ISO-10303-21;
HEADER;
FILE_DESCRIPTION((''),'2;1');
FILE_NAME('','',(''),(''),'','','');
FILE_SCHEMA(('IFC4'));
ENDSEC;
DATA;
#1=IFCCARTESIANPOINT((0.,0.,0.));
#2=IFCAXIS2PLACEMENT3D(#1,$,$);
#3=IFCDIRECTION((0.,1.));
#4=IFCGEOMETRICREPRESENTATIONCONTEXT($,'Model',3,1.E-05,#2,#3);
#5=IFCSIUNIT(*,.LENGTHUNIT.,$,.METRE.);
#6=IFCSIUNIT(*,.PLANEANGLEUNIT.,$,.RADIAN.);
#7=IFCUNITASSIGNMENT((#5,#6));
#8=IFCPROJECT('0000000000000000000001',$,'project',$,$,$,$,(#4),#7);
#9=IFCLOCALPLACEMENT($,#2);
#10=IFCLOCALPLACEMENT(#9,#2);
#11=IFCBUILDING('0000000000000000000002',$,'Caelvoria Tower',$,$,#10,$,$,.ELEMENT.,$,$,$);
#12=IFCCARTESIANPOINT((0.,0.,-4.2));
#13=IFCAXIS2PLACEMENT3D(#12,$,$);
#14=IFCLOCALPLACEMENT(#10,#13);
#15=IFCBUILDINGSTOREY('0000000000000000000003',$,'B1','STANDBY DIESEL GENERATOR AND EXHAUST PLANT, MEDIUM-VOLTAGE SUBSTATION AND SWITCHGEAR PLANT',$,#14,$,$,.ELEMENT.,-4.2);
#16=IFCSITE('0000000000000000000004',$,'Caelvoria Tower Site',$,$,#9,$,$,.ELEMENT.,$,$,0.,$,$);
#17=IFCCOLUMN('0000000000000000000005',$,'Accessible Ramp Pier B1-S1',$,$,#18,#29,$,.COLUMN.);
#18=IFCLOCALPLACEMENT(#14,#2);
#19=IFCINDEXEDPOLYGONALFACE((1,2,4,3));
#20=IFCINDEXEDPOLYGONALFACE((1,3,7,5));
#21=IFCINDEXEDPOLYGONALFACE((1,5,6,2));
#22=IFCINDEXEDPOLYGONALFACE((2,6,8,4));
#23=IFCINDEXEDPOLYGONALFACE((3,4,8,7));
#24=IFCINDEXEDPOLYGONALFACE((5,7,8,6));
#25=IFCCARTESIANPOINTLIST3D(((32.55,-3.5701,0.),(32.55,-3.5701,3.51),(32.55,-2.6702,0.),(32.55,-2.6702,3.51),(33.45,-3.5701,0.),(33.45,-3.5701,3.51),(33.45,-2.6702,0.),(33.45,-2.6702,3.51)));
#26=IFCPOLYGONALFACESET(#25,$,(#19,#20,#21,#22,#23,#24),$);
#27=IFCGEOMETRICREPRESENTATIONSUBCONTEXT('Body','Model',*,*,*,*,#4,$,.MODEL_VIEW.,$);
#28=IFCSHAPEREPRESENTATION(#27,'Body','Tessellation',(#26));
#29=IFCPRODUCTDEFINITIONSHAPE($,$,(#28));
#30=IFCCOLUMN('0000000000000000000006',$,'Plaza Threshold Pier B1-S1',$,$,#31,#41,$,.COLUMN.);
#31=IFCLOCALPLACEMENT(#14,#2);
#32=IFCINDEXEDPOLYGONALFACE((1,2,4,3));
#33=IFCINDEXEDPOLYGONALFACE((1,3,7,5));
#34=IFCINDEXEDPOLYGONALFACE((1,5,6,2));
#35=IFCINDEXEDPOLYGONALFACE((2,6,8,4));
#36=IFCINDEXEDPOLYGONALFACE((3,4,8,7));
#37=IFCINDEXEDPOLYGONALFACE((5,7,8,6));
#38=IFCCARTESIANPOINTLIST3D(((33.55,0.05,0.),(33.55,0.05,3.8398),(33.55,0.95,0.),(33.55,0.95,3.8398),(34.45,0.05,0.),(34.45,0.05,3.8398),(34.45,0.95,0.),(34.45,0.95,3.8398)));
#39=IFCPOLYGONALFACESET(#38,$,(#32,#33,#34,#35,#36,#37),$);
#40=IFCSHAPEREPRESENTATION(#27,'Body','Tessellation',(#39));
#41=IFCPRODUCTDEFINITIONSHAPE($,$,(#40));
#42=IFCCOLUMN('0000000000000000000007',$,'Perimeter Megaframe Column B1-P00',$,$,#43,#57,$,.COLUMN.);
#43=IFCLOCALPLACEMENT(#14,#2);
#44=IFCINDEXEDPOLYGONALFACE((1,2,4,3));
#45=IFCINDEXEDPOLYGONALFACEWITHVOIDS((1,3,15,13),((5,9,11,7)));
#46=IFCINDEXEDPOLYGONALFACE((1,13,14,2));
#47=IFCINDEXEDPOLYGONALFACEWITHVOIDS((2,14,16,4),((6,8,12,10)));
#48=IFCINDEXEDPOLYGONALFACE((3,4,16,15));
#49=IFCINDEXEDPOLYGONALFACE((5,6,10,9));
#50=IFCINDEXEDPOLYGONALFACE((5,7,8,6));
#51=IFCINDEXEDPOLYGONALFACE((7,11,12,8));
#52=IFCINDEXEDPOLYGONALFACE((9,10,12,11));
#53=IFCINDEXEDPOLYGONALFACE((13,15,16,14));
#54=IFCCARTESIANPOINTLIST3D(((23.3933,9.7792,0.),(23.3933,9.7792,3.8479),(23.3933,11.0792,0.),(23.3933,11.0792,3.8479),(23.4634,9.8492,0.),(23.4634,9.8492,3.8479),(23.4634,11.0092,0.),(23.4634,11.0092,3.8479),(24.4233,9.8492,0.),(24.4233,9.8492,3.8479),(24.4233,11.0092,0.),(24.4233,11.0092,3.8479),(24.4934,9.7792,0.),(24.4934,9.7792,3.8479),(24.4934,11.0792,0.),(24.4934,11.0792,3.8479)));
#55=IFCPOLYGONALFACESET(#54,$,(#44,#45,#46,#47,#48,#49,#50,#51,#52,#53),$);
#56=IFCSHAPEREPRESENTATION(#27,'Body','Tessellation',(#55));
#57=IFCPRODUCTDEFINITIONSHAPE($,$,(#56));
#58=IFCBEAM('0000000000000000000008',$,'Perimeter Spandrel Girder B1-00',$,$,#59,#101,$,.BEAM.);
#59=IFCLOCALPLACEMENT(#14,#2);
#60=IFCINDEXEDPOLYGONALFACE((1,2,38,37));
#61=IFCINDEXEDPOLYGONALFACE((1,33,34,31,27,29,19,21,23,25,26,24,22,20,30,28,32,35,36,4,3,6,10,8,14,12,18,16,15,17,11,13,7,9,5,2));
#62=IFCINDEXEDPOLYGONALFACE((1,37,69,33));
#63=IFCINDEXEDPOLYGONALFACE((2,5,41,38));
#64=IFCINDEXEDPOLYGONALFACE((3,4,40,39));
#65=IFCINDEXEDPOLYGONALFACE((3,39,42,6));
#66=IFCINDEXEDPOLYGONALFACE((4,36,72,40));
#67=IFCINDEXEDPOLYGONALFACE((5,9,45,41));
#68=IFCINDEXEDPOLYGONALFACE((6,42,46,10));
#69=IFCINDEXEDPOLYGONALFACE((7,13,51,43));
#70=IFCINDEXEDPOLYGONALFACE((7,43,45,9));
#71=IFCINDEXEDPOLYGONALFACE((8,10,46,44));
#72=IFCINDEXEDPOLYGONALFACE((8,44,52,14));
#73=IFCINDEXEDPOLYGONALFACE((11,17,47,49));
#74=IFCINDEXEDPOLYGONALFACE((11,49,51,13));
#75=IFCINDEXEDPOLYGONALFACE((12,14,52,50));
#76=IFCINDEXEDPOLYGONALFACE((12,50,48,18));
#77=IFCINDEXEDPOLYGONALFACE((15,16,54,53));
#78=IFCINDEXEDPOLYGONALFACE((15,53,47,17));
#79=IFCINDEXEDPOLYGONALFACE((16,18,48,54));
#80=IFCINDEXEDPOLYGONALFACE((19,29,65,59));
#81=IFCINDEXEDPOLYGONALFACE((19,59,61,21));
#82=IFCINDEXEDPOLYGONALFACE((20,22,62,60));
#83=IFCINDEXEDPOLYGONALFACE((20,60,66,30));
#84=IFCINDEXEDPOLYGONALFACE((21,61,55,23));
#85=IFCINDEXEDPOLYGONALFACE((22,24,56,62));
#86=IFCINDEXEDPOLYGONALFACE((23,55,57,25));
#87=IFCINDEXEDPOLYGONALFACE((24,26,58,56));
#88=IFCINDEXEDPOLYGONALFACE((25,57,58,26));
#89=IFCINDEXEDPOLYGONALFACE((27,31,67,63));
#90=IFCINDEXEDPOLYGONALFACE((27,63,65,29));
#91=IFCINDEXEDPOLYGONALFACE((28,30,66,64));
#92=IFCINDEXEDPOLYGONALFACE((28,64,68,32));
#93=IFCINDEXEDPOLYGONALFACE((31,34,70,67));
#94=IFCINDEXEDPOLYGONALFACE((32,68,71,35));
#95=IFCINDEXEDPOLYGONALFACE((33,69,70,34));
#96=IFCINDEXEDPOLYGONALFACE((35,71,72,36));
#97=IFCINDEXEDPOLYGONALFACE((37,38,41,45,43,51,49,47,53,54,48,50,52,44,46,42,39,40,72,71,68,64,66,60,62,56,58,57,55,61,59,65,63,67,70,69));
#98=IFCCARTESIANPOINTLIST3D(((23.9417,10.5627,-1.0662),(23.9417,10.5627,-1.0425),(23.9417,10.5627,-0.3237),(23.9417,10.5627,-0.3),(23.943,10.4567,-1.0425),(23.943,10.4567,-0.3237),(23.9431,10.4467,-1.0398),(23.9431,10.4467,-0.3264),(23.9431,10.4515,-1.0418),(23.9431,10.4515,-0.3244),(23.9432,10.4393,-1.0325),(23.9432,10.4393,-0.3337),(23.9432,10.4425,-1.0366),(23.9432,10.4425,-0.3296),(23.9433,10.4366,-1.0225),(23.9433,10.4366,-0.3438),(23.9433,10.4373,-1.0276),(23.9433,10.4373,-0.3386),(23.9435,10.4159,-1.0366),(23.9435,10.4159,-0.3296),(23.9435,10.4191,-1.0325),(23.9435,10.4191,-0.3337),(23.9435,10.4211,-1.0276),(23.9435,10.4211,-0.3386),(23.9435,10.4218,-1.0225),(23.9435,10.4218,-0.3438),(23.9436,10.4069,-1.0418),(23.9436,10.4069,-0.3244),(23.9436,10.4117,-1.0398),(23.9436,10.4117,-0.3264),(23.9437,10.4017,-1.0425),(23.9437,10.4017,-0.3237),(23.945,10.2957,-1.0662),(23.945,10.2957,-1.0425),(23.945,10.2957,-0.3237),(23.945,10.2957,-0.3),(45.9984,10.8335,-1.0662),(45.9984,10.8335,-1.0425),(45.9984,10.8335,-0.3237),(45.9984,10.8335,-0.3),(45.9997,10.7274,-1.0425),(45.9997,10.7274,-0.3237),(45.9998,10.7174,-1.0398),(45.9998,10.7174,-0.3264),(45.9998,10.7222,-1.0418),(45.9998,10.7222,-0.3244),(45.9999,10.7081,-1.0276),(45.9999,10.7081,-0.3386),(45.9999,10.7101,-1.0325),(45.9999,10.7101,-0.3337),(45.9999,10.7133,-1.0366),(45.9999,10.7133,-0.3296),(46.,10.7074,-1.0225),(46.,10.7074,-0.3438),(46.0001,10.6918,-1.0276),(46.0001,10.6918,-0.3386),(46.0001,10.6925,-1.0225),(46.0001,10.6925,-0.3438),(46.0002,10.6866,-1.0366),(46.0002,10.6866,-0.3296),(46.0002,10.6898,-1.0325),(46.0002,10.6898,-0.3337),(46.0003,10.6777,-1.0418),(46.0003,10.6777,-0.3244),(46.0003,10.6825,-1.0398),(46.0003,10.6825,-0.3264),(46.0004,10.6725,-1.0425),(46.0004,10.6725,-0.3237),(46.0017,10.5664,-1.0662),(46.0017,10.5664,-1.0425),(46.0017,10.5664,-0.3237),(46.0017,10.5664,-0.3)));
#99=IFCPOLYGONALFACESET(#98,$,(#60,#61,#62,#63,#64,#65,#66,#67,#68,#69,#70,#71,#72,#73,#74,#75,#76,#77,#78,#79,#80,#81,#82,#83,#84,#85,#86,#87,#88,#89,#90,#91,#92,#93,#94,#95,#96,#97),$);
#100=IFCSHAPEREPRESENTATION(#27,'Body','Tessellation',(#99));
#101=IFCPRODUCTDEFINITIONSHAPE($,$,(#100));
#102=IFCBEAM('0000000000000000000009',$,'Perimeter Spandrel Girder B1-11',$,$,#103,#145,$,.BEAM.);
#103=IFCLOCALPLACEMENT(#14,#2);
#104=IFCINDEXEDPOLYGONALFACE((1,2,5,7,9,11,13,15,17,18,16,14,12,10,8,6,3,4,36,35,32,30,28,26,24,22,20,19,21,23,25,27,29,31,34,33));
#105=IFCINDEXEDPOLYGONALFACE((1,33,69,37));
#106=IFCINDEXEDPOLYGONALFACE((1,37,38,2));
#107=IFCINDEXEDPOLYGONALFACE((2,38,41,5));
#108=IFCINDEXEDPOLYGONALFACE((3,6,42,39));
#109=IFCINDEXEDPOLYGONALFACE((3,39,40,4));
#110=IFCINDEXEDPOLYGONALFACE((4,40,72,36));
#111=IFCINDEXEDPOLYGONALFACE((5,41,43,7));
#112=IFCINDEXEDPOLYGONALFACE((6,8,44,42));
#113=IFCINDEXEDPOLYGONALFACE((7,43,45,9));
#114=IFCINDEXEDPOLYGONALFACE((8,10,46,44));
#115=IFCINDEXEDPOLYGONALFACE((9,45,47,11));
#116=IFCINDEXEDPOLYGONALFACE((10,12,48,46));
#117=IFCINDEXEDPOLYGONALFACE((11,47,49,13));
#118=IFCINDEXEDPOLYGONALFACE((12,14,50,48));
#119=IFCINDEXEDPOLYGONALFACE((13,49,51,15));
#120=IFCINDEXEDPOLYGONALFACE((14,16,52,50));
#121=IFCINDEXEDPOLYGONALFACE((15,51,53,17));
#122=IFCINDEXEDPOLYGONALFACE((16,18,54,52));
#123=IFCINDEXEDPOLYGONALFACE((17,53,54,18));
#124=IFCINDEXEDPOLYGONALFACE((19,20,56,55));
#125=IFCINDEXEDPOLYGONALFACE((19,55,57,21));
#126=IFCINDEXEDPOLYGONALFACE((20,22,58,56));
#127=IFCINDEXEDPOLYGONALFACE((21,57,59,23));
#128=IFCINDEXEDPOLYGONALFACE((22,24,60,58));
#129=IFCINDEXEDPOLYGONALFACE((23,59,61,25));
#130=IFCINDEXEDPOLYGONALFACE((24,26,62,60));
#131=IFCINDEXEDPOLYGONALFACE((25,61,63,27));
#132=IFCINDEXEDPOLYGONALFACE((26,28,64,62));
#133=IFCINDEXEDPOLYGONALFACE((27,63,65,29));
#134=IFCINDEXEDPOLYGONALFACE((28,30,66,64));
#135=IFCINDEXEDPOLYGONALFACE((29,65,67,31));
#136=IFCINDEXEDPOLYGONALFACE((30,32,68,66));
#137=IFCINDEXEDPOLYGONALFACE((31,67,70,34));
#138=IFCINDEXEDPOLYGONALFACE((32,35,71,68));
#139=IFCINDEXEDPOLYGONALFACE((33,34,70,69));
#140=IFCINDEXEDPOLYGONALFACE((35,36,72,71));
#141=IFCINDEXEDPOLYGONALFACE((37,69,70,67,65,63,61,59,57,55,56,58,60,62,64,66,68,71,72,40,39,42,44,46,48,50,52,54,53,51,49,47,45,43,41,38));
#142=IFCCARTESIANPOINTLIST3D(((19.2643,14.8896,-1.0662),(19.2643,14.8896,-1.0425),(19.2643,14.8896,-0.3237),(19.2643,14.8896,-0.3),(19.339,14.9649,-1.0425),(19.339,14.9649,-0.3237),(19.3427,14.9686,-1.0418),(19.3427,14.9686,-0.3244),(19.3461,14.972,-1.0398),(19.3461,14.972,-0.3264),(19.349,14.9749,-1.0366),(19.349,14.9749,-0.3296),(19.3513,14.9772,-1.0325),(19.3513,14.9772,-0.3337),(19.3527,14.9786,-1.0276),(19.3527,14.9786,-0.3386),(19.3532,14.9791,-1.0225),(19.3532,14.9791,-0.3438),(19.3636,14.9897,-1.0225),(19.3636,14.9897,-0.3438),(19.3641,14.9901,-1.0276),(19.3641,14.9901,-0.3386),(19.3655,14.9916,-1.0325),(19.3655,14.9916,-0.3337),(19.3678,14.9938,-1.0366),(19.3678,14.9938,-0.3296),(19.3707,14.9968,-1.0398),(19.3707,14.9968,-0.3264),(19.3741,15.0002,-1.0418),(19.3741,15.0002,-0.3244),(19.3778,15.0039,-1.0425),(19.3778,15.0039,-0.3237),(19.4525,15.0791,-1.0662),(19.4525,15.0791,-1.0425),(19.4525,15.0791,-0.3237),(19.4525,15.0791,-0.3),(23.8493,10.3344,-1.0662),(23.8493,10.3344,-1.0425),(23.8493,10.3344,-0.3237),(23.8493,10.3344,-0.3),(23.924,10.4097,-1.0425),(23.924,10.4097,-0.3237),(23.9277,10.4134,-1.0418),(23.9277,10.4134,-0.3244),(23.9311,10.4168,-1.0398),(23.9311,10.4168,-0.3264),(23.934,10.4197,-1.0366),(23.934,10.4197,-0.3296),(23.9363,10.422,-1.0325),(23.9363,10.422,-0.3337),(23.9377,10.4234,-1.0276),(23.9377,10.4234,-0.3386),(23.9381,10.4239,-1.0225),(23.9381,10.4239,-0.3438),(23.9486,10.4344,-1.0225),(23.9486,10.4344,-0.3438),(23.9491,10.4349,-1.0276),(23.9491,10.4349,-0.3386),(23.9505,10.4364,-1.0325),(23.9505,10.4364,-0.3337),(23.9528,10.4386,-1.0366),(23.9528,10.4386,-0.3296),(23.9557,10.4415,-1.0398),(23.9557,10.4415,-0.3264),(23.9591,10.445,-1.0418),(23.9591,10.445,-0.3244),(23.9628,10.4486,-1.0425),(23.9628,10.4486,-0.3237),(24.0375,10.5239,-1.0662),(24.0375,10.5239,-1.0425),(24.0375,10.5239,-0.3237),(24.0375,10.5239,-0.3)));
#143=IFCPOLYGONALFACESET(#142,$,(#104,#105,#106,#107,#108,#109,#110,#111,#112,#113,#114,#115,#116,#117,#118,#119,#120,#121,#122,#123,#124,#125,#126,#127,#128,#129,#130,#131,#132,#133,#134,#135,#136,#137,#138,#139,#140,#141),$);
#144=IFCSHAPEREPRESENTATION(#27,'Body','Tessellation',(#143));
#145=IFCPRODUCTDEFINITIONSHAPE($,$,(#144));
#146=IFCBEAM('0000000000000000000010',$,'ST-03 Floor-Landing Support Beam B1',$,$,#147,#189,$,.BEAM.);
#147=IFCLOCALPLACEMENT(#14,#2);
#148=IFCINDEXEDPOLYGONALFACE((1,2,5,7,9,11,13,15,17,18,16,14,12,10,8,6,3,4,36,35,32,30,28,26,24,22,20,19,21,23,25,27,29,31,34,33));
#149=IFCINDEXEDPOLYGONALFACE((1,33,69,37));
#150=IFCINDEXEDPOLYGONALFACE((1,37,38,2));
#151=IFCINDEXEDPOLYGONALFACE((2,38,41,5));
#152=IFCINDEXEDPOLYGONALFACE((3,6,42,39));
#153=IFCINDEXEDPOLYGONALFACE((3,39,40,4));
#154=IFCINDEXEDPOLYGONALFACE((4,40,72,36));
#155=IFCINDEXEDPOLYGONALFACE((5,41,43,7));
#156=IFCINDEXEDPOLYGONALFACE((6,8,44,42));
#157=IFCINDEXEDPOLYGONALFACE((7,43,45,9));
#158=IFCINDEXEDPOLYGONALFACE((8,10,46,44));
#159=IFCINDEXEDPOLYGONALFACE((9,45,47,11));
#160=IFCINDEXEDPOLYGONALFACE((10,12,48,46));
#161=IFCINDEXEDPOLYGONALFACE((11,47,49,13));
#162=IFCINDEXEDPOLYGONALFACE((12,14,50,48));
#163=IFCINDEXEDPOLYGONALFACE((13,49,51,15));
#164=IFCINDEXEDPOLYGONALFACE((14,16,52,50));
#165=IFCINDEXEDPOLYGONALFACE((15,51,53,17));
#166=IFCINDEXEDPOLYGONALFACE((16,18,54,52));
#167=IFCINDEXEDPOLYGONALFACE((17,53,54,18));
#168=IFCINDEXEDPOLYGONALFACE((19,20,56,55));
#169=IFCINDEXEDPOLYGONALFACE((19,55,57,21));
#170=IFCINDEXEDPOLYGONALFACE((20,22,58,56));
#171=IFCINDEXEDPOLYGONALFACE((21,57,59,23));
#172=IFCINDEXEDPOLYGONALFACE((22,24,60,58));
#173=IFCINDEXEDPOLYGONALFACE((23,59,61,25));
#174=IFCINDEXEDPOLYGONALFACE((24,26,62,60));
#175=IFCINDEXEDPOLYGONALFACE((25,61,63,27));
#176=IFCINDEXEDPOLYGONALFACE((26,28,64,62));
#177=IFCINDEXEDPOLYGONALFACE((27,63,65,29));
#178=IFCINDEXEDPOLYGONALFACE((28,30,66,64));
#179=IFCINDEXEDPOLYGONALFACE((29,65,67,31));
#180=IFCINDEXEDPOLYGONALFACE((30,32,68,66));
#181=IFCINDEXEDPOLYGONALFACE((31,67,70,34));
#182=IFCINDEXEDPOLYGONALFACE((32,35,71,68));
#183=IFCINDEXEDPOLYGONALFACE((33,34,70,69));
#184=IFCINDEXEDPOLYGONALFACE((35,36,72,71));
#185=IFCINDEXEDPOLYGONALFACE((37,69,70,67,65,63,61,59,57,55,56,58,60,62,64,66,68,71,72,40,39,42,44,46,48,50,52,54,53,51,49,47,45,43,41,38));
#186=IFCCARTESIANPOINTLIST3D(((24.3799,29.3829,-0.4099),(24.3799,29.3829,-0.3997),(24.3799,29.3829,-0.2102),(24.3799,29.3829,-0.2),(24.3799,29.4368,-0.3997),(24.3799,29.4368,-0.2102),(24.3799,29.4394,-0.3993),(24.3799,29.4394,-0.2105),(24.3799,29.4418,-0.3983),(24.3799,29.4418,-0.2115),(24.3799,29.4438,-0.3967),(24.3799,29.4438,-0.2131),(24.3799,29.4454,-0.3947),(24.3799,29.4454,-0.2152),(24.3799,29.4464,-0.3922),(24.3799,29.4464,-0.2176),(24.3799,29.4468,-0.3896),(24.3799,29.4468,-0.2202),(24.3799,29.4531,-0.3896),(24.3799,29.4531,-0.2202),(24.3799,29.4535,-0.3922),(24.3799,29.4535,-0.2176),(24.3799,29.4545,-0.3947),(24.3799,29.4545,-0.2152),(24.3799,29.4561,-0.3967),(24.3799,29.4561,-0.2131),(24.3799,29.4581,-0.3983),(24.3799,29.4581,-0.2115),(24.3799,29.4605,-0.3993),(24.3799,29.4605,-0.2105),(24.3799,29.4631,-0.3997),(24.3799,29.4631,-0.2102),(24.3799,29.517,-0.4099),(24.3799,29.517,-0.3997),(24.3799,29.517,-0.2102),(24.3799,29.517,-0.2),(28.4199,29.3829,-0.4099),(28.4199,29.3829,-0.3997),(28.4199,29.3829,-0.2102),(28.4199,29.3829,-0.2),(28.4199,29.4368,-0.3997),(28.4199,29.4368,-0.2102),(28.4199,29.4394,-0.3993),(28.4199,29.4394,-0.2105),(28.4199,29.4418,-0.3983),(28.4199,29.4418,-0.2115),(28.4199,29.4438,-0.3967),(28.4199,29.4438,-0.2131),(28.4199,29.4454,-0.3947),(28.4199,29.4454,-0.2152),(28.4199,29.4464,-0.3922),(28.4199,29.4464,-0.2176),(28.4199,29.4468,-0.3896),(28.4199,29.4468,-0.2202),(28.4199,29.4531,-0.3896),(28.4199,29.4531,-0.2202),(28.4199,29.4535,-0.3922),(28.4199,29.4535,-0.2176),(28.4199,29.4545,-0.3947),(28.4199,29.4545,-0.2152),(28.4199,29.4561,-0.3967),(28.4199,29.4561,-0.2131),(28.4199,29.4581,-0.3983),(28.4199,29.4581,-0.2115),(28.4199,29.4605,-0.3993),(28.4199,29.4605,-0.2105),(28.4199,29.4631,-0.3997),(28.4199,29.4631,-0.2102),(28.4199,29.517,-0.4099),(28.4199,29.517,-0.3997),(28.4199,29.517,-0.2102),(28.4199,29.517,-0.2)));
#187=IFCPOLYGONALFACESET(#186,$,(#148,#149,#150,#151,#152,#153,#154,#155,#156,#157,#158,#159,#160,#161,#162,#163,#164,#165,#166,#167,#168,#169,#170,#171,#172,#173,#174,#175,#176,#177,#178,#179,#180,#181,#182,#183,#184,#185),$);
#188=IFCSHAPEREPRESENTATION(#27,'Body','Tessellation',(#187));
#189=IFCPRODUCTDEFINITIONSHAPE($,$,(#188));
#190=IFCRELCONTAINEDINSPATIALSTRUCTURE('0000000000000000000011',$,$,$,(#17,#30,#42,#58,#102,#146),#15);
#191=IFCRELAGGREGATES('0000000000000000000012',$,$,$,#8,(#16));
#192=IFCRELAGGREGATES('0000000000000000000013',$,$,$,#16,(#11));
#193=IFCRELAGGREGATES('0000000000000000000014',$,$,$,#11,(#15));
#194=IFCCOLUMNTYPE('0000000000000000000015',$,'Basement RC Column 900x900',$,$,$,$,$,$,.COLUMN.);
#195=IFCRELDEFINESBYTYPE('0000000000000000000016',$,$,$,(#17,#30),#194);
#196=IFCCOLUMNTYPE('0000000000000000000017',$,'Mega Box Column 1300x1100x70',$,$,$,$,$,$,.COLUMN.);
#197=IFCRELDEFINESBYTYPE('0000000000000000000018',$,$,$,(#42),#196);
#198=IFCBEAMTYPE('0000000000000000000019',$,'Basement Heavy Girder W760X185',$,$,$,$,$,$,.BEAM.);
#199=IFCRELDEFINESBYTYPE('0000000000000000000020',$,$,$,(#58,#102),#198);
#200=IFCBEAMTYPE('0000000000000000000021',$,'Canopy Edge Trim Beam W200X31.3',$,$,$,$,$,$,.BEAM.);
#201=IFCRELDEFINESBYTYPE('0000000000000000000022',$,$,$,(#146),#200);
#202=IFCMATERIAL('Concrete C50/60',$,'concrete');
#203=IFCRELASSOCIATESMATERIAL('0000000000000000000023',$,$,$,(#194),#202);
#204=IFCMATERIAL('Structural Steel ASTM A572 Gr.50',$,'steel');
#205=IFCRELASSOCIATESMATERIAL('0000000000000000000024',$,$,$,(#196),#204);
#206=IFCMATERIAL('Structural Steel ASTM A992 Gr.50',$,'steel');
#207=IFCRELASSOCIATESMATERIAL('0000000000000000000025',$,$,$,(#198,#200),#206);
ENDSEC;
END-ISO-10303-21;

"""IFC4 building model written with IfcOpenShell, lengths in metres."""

from ifc_helpers import new_model, si_unit, direction, frame, origin, origin_2d, place, context, subcontext, project, spatial, rectangle, hollow_rectangle, i_section, extrude, material, material_profile, profile_set, type_object, element, save


model = new_model("IFC4")

# Units and contexts
model_context = context("Model", 3, precision=1e-05, world=origin(), true_north=direction((0.0, 1.0)))
body_context = subcontext(model_context, "Body", "Model", "MODEL_VIEW")
ifc_project = project(units=[si_unit("LENGTHUNIT", "METRE"), si_unit("PLANEANGLEUNIT", "RADIAN")], contexts=[model_context])

# Site, building, storey
site_placement = place(None, origin())
site = spatial("IfcSite", under=ifc_project, at=site_placement, Name="Caelvoria Tower Site", CompositionType="ELEMENT", RefElevation=0.0)
building_placement = place(site_placement, origin())
building = spatial("IfcBuilding", under=site, at=building_placement, Name="Caelvoria Tower", CompositionType="ELEMENT")
storey_placement = place(building_placement, frame((0.0, 0.0, -4.2)))
storey = spatial("IfcBuildingStorey", under=building, at=storey_placement, Name="B1", Description="STANDBY DIESEL GENERATOR AND EXHAUST PLANT, MEDIUM-VOLTAGE SUBSTATION AND SWITCHGEAR PLANT", CompositionType="ELEMENT", Elevation=-4.2)

# Columns
ifc_material_1 = material(Name="Concrete C50/60", Category="concrete")
ifc_material_profile_1 = material_profile(ifc_material_1, rectangle(XDim=0.8999, YDim=0.8999, at=origin_2d()), Name="Concrete C50/60")
ifc_profile_set_1 = profile_set([ifc_material_profile_1], Name="RC_COL_900X900 - Concrete C50/60")
column_type_1 = type_object("IfcColumnType", Name="Basement RC Column 900x900", PredefinedType="COLUMN", material=ifc_profile_set_1)
column_1_placement = place(storey_placement, frame((33.0, -3.1201, 0.0), z_axis=(0.0, 0.0, 1.0), x_axis=(1.0, 0.0, 0.0)))
element("IfcColumn", 1, at=column_1_placement, inside=storey, type_object=column_type_1, Name="Accessible Ramp Pier B1-S1", PredefinedType="COLUMN", context=body_context, shape_type="SweptSolid", body=[
    extrude(rectangle(XDim=0.8999, YDim=0.8999, at=origin_2d()), origin(), (0.0, 0.0, 1.0), 3.51),
])
column_2_placement = place(storey_placement, frame((34.0, 0.5, 0.0), z_axis=(0.0, 0.0, 1.0), x_axis=(1.0, 0.0, 0.0)))
element("IfcColumn", 2, at=column_2_placement, inside=storey, type_object=column_type_1, Name="Plaza Threshold Pier B1-S1", PredefinedType="COLUMN", context=body_context, shape_type="SweptSolid", body=[
    extrude(rectangle(XDim=0.8999, YDim=0.8999, at=origin_2d()), origin(), (0.0, 0.0, 1.0), 3.8398),
])
ifc_material_2 = material(Name="Structural Steel ASTM A572 Gr.50", Category="steel")
ifc_material_profile_2 = material_profile(ifc_material_2, hollow_rectangle(XDim=1.1001, YDim=1.3, WallThickness=0.0701, at=origin_2d()), Name="Structural Steel ASTM A572 Gr.50")
ifc_profile_set_2 = profile_set([ifc_material_profile_2], Name="BOX1300X1100X70 - Structural Steel ASTM A572 Gr.50")
column_type_2 = type_object("IfcColumnType", Name="Mega Box Column 1300x1100x70", PredefinedType="COLUMN", material=ifc_profile_set_2)
column_3_placement = place(storey_placement, frame((23.9434, 10.4292, 0.0), z_axis=(0.0, 0.0, 1.0), x_axis=(1.0, 0.0, 0.0)))
element("IfcColumn", 3, at=column_3_placement, inside=storey, type_object=column_type_2, Name="Perimeter Megaframe Column B1-P00", PredefinedType="COLUMN", context=body_context, shape_type="SweptSolid", body=[
    extrude(hollow_rectangle(XDim=1.1001, YDim=1.3, WallThickness=0.0701, at=origin_2d()), origin(), (0.0, 0.0, 1.0), 3.8479),
])

# Beams
ifc_material_3 = material(Name="Structural Steel ASTM A992 Gr.50", Category="steel")
ifc_material_profile_3 = material_profile(ifc_material_3, i_section(OverallWidth=0.2671, OverallDepth=0.7661, WebThickness=0.0149, FlangeThickness=0.0237, FilletRadius=0.02, at=origin_2d()), Name="Structural Steel ASTM A992 Gr.50")
ifc_profile_set_3 = profile_set([ifc_material_profile_3], Name="W760X185 - Structural Steel ASTM A992 Gr.50")
beam_type_1 = type_object("IfcBeamType", Name="Basement Heavy Girder W760X185", PredefinedType="BEAM", material=ifc_profile_set_3)
beam_1_placement = place(storey_placement, frame((23.9434, 10.4292, -0.6831), z_axis=(0.999925, 0.012274, 0.0), x_axis=(-0.012274, 0.999925, 0.0)))
element("IfcBeam", 4, at=beam_1_placement, inside=storey, type_object=beam_type_1, Name="Perimeter Spandrel Girder B1-00", PredefinedType="BEAM", context=body_context, shape_type="SweptSolid", body=[
    extrude(i_section(OverallWidth=0.2671, OverallDepth=0.7661, WebThickness=0.0149, FlangeThickness=0.0237, FilletRadius=0.02, at=origin_2d()), origin(), (0.0, 0.0, 1.0), 22.0583),
])
beam_2_placement = place(storey_placement, frame((19.3584, 14.9844, -0.6831), z_axis=(0.709407, -0.704799, 0.0), x_axis=(0.704799, 0.709407, 0.0)))
element("IfcBeam", 5, at=beam_2_placement, inside=storey, type_object=beam_type_1, Name="Perimeter Spandrel Girder B1-11", PredefinedType="BEAM", context=body_context, shape_type="SweptSolid", body=[
    extrude(i_section(OverallWidth=0.2671, OverallDepth=0.7661, WebThickness=0.0149, FlangeThickness=0.0237, FilletRadius=0.02, at=origin_2d()), origin(), (0.0, 0.0, 1.0), 6.4631),
])
ifc_material_profile_4 = material_profile(ifc_material_3, i_section(OverallWidth=0.134, OverallDepth=0.21, WebThickness=0.0063, FlangeThickness=0.0103, FilletRadius=0.01, at=origin_2d()), Name="Structural Steel ASTM A992 Gr.50")
ifc_profile_set_4 = profile_set([ifc_material_profile_4], Name="W200X31.3 - Structural Steel ASTM A992 Gr.50")
beam_type_2 = type_object("IfcBeamType", Name="Canopy Edge Trim Beam W200X31.3", PredefinedType="BEAM", material=ifc_profile_set_4)
beam_3_placement = place(storey_placement, frame((24.3799, 29.45, -0.3049), z_axis=(1.0, 0.0, 0.0), x_axis=(0.0, 1.0, 0.0)))
element("IfcBeam", 6, at=beam_3_placement, inside=storey, type_object=beam_type_2, Name="ST-03 Floor-Landing Support Beam B1", PredefinedType="BEAM", context=body_context, shape_type="SweptSolid", body=[
    extrude(i_section(OverallWidth=0.134, OverallDepth=0.21, WebThickness=0.0063, FlangeThickness=0.0103, FilletRadius=0.01, at=origin_2d()), origin(), (0.0, 0.0, 1.0), 4.04),
])

save(model, "model.ifc")
